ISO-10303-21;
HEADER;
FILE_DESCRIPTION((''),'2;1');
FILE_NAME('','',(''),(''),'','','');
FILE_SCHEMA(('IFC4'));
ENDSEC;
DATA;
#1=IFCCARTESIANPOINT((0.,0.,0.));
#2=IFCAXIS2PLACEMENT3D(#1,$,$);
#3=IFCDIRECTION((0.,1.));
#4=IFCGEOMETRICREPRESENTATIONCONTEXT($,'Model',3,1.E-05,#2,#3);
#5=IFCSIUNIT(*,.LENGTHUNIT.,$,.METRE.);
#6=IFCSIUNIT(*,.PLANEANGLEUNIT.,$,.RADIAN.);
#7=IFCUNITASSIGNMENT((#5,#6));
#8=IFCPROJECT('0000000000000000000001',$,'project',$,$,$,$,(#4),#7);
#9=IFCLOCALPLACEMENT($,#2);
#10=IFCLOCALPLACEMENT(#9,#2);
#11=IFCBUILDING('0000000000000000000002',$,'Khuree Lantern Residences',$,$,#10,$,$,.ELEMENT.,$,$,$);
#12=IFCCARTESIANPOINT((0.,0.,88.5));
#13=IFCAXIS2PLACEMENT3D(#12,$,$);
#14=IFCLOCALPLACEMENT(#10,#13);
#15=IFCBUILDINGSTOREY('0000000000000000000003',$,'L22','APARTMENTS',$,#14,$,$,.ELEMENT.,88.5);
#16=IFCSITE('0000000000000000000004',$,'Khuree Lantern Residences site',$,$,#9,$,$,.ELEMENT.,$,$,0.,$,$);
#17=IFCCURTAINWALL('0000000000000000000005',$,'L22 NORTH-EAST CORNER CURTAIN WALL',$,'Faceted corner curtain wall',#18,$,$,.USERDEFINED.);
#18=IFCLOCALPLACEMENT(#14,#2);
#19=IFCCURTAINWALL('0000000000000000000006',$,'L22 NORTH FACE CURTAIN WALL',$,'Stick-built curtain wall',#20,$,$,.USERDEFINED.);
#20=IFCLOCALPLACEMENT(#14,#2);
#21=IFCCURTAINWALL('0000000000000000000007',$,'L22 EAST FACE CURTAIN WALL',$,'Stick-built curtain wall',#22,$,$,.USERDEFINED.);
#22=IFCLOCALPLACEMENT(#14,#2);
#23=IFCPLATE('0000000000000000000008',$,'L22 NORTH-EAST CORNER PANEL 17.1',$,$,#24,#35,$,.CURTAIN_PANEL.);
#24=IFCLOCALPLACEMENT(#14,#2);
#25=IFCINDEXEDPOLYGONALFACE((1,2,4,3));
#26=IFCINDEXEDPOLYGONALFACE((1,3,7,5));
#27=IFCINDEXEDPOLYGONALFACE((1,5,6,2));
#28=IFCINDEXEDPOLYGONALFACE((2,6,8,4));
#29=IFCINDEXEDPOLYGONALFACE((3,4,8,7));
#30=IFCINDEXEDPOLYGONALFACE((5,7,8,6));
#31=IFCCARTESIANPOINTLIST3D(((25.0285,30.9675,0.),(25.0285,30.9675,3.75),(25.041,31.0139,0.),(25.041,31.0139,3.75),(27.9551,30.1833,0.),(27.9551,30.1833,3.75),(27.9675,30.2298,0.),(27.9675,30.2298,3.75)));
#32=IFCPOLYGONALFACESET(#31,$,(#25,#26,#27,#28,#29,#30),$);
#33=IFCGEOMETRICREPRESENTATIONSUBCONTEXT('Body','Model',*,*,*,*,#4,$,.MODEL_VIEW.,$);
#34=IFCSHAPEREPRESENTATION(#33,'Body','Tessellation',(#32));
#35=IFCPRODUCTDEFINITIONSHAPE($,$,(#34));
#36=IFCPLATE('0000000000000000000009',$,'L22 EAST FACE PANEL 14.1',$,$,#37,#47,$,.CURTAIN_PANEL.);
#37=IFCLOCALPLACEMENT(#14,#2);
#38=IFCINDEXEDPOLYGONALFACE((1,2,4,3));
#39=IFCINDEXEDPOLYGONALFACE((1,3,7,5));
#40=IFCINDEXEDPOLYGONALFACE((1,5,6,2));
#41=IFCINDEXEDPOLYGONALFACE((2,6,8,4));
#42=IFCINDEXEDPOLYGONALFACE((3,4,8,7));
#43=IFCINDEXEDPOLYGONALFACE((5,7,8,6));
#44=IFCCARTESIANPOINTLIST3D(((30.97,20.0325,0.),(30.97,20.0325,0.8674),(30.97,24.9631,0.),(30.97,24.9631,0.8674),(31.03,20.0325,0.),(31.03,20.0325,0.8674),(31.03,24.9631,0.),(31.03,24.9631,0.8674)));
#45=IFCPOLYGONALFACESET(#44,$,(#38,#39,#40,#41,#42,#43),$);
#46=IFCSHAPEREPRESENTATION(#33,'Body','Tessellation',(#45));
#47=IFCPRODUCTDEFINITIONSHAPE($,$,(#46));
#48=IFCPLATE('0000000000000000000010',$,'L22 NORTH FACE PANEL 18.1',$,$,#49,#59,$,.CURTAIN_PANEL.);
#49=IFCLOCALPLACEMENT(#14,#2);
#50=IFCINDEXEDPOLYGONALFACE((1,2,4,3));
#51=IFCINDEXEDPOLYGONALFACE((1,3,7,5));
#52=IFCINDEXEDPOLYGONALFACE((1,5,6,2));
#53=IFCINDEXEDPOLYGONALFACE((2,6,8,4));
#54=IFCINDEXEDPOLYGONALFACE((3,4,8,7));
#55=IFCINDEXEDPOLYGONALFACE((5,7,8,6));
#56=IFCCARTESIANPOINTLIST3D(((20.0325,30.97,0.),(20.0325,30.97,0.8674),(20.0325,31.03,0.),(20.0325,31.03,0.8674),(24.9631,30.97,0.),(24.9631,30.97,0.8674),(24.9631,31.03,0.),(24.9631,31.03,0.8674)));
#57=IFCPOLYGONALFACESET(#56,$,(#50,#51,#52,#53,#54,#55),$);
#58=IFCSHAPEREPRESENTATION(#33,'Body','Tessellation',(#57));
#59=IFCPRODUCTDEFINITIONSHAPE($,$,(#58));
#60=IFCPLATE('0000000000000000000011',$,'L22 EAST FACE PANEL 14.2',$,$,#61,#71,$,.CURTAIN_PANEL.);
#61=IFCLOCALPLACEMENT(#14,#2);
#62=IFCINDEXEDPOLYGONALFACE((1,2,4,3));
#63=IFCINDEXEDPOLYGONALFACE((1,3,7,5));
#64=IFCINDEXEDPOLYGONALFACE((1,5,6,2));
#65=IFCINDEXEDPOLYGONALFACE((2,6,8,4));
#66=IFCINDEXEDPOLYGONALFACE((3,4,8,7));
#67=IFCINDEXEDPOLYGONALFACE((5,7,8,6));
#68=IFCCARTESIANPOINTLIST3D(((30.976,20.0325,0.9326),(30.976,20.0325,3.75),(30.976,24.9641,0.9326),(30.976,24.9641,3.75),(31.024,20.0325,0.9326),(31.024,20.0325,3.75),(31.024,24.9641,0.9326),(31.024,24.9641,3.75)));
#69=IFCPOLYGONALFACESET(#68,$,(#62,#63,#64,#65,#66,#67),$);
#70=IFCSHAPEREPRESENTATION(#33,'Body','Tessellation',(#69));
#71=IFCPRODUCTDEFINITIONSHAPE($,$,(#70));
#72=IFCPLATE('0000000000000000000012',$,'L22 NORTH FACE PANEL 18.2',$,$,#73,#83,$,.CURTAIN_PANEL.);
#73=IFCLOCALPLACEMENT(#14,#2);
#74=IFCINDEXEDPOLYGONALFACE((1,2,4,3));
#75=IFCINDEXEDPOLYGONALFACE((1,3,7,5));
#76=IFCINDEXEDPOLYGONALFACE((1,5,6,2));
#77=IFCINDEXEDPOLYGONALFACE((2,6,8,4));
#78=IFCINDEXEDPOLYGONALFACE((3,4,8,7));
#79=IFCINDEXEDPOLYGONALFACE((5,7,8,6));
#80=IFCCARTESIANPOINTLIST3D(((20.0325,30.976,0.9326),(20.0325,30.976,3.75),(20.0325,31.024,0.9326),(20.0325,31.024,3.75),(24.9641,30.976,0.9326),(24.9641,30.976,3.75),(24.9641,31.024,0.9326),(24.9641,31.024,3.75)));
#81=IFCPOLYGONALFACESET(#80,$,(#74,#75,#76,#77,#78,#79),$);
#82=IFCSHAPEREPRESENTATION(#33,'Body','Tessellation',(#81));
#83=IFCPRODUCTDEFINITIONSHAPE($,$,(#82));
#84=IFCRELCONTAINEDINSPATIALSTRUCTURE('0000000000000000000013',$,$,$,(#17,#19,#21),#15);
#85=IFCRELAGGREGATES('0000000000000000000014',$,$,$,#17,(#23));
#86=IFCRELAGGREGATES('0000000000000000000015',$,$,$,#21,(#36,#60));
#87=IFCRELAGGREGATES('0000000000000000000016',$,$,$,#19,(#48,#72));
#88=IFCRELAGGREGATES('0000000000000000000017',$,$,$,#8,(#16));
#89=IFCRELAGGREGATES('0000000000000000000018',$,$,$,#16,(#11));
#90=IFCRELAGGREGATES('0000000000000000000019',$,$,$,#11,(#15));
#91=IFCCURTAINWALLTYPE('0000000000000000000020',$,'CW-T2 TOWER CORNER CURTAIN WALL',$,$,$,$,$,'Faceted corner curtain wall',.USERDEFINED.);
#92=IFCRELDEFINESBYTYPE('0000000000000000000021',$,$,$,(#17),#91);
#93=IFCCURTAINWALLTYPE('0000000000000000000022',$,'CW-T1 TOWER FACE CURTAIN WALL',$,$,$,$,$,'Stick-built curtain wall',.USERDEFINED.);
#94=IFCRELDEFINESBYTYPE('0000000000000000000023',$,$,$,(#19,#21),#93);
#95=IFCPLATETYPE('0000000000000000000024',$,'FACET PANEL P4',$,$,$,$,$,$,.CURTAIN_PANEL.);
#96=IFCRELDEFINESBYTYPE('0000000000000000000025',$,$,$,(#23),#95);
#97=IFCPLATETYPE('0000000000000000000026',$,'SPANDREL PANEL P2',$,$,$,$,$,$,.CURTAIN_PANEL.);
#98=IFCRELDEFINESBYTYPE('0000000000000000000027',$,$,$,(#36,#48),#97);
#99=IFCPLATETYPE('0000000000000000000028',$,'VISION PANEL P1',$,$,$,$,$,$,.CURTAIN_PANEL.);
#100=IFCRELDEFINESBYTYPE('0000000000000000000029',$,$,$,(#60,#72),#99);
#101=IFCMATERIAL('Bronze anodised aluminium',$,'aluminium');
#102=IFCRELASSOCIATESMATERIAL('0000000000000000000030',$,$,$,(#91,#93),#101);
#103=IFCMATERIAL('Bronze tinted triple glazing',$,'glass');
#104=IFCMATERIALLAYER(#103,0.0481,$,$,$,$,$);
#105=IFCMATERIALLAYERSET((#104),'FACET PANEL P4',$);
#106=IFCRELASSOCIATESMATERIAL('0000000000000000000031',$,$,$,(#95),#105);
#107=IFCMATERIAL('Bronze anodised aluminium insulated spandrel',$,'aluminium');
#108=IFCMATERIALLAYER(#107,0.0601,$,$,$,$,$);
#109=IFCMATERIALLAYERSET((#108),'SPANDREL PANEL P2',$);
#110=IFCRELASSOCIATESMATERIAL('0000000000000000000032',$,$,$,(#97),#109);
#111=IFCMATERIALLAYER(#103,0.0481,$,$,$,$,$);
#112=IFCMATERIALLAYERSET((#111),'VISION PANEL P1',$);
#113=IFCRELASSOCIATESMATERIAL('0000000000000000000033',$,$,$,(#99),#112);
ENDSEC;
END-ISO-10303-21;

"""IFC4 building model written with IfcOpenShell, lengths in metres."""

from ifc_helpers import new_model, si_unit, direction, frame, origin, origin_2d, place, context, subcontext, project, spatial, rectangle, extrude, material, layer, layer_set, type_object, element, aggregate, save


model = new_model("IFC4")

# Units and contexts
model_context = context("Model", 3, precision=1e-05, world=origin(), true_north=direction((0.0, 1.0)))
body_context = subcontext(model_context, "Body", "Model", "MODEL_VIEW")
ifc_project = project(units=[si_unit("LENGTHUNIT", "METRE"), si_unit("PLANEANGLEUNIT", "RADIAN")], contexts=[model_context])

# Site, building, storey
site_placement = place(None, origin())
site = spatial("IfcSite", under=ifc_project, at=site_placement, Name="Khuree Lantern Residences site", CompositionType="ELEMENT", RefElevation=0.0)
building_placement = place(site_placement, origin())
building = spatial("IfcBuilding", under=site, at=building_placement, Name="Khuree Lantern Residences", CompositionType="ELEMENT")
storey_placement = place(building_placement, frame((0.0, 0.0, 88.5)))
storey = spatial("IfcBuildingStorey", under=building, at=storey_placement, Name="L22", Description="APARTMENTS", CompositionType="ELEMENT", Elevation=88.5)

# Curtain walls
ifc_material_1 = material(Name="Bronze anodised aluminium", Category="aluminium")
curtain_wall_type_1 = type_object("IfcCurtainWallType", Name="CW-T2 TOWER CORNER CURTAIN WALL", ElementType="Faceted corner curtain wall", PredefinedType="USERDEFINED", material=ifc_material_1)
curtain_wall_1_placement = place(storey_placement, origin())
curtain_wall_1 = element("IfcCurtainWall", 1, at=curtain_wall_1_placement, inside=storey, type_object=curtain_wall_type_1, Name="L22 NORTH-EAST CORNER CURTAIN WALL", ObjectType="Faceted corner curtain wall", PredefinedType="USERDEFINED")
curtain_wall_type_2 = type_object("IfcCurtainWallType", Name="CW-T1 TOWER FACE CURTAIN WALL", ElementType="Stick-built curtain wall", PredefinedType="USERDEFINED", material=ifc_material_1)
curtain_wall_2_placement = place(storey_placement, origin())
curtain_wall_2 = element("IfcCurtainWall", 2, at=curtain_wall_2_placement, inside=storey, type_object=curtain_wall_type_2, Name="L22 NORTH FACE CURTAIN WALL", ObjectType="Stick-built curtain wall", PredefinedType="USERDEFINED")

# Curtain wall
curtain_wall_3_placement = place(storey_placement, origin())
curtain_wall_3 = element("IfcCurtainWall", 3, at=curtain_wall_3_placement, inside=storey, type_object=curtain_wall_type_2, Name="L22 EAST FACE CURTAIN WALL", ObjectType="Stick-built curtain wall", PredefinedType="USERDEFINED")

# Plates
ifc_material_2 = material(Name="Bronze tinted triple glazing", Category="glass")
ifc_layer_1 = layer(ifc_material_2, 0.0481)
ifc_layer_set_1 = layer_set([ifc_layer_1], Name="FACET PANEL P4")
plate_type_1 = type_object("IfcPlateType", Name="FACET PANEL P4", PredefinedType="CURTAIN_PANEL", material=ifc_layer_set_1)
plate_1_placement = place(storey_placement, frame((26.498, 30.5986, 0.0), z_axis=(0.0, 0.0, 1.0), x_axis=(-0.965926, 0.258819, 0.0)))
plate_1 = element("IfcPlate", 4, at=plate_1_placement, type_object=plate_type_1, Name="L22 NORTH-EAST CORNER PANEL 17.1", PredefinedType="CURTAIN_PANEL", context=body_context, shape_type="SweptSolid", body=[
    extrude(rectangle(XDim=3.0298, YDim=0.0481, at=origin_2d()), origin(), (0.0, 0.0, 1.0), 3.75),
])
aggregate(curtain_wall_1, [plate_1])
ifc_material_3 = material(Name="Bronze anodised aluminium insulated spandrel", Category="aluminium")
ifc_layer_2 = layer(ifc_material_3, 0.0601)
ifc_layer_set_2 = layer_set([ifc_layer_2], Name="SPANDREL PANEL P2")
plate_type_2 = type_object("IfcPlateType", Name="SPANDREL PANEL P2", PredefinedType="CURTAIN_PANEL", material=ifc_layer_set_2)
plate_2_placement = place(storey_placement, frame((31.0, 22.4978, 0.0), z_axis=(0.0, 0.0, 1.0), x_axis=(0.0, 1.0, 0.0)))
plate_2 = element("IfcPlate", 5, at=plate_2_placement, type_object=plate_type_2, Name="L22 EAST FACE PANEL 14.1", PredefinedType="CURTAIN_PANEL", context=body_context, shape_type="SweptSolid", body=[
    extrude(rectangle(XDim=4.9307, YDim=0.0601, at=origin_2d()), origin(), (0.0, 0.0, 1.0), 0.8674),
])
plate_3_placement = place(storey_placement, frame((22.4978, 31.0, 0.0), z_axis=(0.0, 0.0, 1.0), x_axis=(-1.0, 0.0, 0.0)))
plate_3 = element("IfcPlate", 6, at=plate_3_placement, type_object=plate_type_2, Name="L22 NORTH FACE PANEL 18.1", PredefinedType="CURTAIN_PANEL", context=body_context, shape_type="SweptSolid", body=[
    extrude(rectangle(XDim=4.9307, YDim=0.0601, at=origin_2d()), origin(), (0.0, 0.0, 1.0), 0.8674),
])
ifc_layer_3 = layer(ifc_material_2, 0.0481)
ifc_layer_set_3 = layer_set([ifc_layer_3], Name="VISION PANEL P1")
plate_type_3 = type_object("IfcPlateType", Name="VISION PANEL P1", PredefinedType="CURTAIN_PANEL", material=ifc_layer_set_3)
plate_4_placement = place(storey_placement, frame((31.0, 22.4983, 0.9326), z_axis=(0.0, 0.0, 1.0), x_axis=(0.0, 1.0, 0.0)))
plate_4 = element("IfcPlate", 7, at=plate_4_placement, type_object=plate_type_3, Name="L22 EAST FACE PANEL 14.2", PredefinedType="CURTAIN_PANEL", context=body_context, shape_type="SweptSolid", body=[
    extrude(rectangle(XDim=4.9316, YDim=0.0481, at=origin_2d()), origin(), (0.0, 0.0, 1.0), 2.8174),
])
aggregate(curtain_wall_3, [plate_2, plate_4])
plate_5_placement = place(storey_placement, frame((22.4983, 31.0, 0.9326), z_axis=(0.0, 0.0, 1.0), x_axis=(-1.0, 0.0, 0.0)))
plate_5 = element("IfcPlate", 8, at=plate_5_placement, type_object=plate_type_3, Name="L22 NORTH FACE PANEL 18.2", PredefinedType="CURTAIN_PANEL", context=body_context, shape_type="SweptSolid", body=[
    extrude(rectangle(XDim=4.9316, YDim=0.0481, at=origin_2d()), origin(), (0.0, 0.0, 1.0), 2.8174),
])
aggregate(curtain_wall_2, [plate_3, plate_5])

save(model, "model.ifc")
